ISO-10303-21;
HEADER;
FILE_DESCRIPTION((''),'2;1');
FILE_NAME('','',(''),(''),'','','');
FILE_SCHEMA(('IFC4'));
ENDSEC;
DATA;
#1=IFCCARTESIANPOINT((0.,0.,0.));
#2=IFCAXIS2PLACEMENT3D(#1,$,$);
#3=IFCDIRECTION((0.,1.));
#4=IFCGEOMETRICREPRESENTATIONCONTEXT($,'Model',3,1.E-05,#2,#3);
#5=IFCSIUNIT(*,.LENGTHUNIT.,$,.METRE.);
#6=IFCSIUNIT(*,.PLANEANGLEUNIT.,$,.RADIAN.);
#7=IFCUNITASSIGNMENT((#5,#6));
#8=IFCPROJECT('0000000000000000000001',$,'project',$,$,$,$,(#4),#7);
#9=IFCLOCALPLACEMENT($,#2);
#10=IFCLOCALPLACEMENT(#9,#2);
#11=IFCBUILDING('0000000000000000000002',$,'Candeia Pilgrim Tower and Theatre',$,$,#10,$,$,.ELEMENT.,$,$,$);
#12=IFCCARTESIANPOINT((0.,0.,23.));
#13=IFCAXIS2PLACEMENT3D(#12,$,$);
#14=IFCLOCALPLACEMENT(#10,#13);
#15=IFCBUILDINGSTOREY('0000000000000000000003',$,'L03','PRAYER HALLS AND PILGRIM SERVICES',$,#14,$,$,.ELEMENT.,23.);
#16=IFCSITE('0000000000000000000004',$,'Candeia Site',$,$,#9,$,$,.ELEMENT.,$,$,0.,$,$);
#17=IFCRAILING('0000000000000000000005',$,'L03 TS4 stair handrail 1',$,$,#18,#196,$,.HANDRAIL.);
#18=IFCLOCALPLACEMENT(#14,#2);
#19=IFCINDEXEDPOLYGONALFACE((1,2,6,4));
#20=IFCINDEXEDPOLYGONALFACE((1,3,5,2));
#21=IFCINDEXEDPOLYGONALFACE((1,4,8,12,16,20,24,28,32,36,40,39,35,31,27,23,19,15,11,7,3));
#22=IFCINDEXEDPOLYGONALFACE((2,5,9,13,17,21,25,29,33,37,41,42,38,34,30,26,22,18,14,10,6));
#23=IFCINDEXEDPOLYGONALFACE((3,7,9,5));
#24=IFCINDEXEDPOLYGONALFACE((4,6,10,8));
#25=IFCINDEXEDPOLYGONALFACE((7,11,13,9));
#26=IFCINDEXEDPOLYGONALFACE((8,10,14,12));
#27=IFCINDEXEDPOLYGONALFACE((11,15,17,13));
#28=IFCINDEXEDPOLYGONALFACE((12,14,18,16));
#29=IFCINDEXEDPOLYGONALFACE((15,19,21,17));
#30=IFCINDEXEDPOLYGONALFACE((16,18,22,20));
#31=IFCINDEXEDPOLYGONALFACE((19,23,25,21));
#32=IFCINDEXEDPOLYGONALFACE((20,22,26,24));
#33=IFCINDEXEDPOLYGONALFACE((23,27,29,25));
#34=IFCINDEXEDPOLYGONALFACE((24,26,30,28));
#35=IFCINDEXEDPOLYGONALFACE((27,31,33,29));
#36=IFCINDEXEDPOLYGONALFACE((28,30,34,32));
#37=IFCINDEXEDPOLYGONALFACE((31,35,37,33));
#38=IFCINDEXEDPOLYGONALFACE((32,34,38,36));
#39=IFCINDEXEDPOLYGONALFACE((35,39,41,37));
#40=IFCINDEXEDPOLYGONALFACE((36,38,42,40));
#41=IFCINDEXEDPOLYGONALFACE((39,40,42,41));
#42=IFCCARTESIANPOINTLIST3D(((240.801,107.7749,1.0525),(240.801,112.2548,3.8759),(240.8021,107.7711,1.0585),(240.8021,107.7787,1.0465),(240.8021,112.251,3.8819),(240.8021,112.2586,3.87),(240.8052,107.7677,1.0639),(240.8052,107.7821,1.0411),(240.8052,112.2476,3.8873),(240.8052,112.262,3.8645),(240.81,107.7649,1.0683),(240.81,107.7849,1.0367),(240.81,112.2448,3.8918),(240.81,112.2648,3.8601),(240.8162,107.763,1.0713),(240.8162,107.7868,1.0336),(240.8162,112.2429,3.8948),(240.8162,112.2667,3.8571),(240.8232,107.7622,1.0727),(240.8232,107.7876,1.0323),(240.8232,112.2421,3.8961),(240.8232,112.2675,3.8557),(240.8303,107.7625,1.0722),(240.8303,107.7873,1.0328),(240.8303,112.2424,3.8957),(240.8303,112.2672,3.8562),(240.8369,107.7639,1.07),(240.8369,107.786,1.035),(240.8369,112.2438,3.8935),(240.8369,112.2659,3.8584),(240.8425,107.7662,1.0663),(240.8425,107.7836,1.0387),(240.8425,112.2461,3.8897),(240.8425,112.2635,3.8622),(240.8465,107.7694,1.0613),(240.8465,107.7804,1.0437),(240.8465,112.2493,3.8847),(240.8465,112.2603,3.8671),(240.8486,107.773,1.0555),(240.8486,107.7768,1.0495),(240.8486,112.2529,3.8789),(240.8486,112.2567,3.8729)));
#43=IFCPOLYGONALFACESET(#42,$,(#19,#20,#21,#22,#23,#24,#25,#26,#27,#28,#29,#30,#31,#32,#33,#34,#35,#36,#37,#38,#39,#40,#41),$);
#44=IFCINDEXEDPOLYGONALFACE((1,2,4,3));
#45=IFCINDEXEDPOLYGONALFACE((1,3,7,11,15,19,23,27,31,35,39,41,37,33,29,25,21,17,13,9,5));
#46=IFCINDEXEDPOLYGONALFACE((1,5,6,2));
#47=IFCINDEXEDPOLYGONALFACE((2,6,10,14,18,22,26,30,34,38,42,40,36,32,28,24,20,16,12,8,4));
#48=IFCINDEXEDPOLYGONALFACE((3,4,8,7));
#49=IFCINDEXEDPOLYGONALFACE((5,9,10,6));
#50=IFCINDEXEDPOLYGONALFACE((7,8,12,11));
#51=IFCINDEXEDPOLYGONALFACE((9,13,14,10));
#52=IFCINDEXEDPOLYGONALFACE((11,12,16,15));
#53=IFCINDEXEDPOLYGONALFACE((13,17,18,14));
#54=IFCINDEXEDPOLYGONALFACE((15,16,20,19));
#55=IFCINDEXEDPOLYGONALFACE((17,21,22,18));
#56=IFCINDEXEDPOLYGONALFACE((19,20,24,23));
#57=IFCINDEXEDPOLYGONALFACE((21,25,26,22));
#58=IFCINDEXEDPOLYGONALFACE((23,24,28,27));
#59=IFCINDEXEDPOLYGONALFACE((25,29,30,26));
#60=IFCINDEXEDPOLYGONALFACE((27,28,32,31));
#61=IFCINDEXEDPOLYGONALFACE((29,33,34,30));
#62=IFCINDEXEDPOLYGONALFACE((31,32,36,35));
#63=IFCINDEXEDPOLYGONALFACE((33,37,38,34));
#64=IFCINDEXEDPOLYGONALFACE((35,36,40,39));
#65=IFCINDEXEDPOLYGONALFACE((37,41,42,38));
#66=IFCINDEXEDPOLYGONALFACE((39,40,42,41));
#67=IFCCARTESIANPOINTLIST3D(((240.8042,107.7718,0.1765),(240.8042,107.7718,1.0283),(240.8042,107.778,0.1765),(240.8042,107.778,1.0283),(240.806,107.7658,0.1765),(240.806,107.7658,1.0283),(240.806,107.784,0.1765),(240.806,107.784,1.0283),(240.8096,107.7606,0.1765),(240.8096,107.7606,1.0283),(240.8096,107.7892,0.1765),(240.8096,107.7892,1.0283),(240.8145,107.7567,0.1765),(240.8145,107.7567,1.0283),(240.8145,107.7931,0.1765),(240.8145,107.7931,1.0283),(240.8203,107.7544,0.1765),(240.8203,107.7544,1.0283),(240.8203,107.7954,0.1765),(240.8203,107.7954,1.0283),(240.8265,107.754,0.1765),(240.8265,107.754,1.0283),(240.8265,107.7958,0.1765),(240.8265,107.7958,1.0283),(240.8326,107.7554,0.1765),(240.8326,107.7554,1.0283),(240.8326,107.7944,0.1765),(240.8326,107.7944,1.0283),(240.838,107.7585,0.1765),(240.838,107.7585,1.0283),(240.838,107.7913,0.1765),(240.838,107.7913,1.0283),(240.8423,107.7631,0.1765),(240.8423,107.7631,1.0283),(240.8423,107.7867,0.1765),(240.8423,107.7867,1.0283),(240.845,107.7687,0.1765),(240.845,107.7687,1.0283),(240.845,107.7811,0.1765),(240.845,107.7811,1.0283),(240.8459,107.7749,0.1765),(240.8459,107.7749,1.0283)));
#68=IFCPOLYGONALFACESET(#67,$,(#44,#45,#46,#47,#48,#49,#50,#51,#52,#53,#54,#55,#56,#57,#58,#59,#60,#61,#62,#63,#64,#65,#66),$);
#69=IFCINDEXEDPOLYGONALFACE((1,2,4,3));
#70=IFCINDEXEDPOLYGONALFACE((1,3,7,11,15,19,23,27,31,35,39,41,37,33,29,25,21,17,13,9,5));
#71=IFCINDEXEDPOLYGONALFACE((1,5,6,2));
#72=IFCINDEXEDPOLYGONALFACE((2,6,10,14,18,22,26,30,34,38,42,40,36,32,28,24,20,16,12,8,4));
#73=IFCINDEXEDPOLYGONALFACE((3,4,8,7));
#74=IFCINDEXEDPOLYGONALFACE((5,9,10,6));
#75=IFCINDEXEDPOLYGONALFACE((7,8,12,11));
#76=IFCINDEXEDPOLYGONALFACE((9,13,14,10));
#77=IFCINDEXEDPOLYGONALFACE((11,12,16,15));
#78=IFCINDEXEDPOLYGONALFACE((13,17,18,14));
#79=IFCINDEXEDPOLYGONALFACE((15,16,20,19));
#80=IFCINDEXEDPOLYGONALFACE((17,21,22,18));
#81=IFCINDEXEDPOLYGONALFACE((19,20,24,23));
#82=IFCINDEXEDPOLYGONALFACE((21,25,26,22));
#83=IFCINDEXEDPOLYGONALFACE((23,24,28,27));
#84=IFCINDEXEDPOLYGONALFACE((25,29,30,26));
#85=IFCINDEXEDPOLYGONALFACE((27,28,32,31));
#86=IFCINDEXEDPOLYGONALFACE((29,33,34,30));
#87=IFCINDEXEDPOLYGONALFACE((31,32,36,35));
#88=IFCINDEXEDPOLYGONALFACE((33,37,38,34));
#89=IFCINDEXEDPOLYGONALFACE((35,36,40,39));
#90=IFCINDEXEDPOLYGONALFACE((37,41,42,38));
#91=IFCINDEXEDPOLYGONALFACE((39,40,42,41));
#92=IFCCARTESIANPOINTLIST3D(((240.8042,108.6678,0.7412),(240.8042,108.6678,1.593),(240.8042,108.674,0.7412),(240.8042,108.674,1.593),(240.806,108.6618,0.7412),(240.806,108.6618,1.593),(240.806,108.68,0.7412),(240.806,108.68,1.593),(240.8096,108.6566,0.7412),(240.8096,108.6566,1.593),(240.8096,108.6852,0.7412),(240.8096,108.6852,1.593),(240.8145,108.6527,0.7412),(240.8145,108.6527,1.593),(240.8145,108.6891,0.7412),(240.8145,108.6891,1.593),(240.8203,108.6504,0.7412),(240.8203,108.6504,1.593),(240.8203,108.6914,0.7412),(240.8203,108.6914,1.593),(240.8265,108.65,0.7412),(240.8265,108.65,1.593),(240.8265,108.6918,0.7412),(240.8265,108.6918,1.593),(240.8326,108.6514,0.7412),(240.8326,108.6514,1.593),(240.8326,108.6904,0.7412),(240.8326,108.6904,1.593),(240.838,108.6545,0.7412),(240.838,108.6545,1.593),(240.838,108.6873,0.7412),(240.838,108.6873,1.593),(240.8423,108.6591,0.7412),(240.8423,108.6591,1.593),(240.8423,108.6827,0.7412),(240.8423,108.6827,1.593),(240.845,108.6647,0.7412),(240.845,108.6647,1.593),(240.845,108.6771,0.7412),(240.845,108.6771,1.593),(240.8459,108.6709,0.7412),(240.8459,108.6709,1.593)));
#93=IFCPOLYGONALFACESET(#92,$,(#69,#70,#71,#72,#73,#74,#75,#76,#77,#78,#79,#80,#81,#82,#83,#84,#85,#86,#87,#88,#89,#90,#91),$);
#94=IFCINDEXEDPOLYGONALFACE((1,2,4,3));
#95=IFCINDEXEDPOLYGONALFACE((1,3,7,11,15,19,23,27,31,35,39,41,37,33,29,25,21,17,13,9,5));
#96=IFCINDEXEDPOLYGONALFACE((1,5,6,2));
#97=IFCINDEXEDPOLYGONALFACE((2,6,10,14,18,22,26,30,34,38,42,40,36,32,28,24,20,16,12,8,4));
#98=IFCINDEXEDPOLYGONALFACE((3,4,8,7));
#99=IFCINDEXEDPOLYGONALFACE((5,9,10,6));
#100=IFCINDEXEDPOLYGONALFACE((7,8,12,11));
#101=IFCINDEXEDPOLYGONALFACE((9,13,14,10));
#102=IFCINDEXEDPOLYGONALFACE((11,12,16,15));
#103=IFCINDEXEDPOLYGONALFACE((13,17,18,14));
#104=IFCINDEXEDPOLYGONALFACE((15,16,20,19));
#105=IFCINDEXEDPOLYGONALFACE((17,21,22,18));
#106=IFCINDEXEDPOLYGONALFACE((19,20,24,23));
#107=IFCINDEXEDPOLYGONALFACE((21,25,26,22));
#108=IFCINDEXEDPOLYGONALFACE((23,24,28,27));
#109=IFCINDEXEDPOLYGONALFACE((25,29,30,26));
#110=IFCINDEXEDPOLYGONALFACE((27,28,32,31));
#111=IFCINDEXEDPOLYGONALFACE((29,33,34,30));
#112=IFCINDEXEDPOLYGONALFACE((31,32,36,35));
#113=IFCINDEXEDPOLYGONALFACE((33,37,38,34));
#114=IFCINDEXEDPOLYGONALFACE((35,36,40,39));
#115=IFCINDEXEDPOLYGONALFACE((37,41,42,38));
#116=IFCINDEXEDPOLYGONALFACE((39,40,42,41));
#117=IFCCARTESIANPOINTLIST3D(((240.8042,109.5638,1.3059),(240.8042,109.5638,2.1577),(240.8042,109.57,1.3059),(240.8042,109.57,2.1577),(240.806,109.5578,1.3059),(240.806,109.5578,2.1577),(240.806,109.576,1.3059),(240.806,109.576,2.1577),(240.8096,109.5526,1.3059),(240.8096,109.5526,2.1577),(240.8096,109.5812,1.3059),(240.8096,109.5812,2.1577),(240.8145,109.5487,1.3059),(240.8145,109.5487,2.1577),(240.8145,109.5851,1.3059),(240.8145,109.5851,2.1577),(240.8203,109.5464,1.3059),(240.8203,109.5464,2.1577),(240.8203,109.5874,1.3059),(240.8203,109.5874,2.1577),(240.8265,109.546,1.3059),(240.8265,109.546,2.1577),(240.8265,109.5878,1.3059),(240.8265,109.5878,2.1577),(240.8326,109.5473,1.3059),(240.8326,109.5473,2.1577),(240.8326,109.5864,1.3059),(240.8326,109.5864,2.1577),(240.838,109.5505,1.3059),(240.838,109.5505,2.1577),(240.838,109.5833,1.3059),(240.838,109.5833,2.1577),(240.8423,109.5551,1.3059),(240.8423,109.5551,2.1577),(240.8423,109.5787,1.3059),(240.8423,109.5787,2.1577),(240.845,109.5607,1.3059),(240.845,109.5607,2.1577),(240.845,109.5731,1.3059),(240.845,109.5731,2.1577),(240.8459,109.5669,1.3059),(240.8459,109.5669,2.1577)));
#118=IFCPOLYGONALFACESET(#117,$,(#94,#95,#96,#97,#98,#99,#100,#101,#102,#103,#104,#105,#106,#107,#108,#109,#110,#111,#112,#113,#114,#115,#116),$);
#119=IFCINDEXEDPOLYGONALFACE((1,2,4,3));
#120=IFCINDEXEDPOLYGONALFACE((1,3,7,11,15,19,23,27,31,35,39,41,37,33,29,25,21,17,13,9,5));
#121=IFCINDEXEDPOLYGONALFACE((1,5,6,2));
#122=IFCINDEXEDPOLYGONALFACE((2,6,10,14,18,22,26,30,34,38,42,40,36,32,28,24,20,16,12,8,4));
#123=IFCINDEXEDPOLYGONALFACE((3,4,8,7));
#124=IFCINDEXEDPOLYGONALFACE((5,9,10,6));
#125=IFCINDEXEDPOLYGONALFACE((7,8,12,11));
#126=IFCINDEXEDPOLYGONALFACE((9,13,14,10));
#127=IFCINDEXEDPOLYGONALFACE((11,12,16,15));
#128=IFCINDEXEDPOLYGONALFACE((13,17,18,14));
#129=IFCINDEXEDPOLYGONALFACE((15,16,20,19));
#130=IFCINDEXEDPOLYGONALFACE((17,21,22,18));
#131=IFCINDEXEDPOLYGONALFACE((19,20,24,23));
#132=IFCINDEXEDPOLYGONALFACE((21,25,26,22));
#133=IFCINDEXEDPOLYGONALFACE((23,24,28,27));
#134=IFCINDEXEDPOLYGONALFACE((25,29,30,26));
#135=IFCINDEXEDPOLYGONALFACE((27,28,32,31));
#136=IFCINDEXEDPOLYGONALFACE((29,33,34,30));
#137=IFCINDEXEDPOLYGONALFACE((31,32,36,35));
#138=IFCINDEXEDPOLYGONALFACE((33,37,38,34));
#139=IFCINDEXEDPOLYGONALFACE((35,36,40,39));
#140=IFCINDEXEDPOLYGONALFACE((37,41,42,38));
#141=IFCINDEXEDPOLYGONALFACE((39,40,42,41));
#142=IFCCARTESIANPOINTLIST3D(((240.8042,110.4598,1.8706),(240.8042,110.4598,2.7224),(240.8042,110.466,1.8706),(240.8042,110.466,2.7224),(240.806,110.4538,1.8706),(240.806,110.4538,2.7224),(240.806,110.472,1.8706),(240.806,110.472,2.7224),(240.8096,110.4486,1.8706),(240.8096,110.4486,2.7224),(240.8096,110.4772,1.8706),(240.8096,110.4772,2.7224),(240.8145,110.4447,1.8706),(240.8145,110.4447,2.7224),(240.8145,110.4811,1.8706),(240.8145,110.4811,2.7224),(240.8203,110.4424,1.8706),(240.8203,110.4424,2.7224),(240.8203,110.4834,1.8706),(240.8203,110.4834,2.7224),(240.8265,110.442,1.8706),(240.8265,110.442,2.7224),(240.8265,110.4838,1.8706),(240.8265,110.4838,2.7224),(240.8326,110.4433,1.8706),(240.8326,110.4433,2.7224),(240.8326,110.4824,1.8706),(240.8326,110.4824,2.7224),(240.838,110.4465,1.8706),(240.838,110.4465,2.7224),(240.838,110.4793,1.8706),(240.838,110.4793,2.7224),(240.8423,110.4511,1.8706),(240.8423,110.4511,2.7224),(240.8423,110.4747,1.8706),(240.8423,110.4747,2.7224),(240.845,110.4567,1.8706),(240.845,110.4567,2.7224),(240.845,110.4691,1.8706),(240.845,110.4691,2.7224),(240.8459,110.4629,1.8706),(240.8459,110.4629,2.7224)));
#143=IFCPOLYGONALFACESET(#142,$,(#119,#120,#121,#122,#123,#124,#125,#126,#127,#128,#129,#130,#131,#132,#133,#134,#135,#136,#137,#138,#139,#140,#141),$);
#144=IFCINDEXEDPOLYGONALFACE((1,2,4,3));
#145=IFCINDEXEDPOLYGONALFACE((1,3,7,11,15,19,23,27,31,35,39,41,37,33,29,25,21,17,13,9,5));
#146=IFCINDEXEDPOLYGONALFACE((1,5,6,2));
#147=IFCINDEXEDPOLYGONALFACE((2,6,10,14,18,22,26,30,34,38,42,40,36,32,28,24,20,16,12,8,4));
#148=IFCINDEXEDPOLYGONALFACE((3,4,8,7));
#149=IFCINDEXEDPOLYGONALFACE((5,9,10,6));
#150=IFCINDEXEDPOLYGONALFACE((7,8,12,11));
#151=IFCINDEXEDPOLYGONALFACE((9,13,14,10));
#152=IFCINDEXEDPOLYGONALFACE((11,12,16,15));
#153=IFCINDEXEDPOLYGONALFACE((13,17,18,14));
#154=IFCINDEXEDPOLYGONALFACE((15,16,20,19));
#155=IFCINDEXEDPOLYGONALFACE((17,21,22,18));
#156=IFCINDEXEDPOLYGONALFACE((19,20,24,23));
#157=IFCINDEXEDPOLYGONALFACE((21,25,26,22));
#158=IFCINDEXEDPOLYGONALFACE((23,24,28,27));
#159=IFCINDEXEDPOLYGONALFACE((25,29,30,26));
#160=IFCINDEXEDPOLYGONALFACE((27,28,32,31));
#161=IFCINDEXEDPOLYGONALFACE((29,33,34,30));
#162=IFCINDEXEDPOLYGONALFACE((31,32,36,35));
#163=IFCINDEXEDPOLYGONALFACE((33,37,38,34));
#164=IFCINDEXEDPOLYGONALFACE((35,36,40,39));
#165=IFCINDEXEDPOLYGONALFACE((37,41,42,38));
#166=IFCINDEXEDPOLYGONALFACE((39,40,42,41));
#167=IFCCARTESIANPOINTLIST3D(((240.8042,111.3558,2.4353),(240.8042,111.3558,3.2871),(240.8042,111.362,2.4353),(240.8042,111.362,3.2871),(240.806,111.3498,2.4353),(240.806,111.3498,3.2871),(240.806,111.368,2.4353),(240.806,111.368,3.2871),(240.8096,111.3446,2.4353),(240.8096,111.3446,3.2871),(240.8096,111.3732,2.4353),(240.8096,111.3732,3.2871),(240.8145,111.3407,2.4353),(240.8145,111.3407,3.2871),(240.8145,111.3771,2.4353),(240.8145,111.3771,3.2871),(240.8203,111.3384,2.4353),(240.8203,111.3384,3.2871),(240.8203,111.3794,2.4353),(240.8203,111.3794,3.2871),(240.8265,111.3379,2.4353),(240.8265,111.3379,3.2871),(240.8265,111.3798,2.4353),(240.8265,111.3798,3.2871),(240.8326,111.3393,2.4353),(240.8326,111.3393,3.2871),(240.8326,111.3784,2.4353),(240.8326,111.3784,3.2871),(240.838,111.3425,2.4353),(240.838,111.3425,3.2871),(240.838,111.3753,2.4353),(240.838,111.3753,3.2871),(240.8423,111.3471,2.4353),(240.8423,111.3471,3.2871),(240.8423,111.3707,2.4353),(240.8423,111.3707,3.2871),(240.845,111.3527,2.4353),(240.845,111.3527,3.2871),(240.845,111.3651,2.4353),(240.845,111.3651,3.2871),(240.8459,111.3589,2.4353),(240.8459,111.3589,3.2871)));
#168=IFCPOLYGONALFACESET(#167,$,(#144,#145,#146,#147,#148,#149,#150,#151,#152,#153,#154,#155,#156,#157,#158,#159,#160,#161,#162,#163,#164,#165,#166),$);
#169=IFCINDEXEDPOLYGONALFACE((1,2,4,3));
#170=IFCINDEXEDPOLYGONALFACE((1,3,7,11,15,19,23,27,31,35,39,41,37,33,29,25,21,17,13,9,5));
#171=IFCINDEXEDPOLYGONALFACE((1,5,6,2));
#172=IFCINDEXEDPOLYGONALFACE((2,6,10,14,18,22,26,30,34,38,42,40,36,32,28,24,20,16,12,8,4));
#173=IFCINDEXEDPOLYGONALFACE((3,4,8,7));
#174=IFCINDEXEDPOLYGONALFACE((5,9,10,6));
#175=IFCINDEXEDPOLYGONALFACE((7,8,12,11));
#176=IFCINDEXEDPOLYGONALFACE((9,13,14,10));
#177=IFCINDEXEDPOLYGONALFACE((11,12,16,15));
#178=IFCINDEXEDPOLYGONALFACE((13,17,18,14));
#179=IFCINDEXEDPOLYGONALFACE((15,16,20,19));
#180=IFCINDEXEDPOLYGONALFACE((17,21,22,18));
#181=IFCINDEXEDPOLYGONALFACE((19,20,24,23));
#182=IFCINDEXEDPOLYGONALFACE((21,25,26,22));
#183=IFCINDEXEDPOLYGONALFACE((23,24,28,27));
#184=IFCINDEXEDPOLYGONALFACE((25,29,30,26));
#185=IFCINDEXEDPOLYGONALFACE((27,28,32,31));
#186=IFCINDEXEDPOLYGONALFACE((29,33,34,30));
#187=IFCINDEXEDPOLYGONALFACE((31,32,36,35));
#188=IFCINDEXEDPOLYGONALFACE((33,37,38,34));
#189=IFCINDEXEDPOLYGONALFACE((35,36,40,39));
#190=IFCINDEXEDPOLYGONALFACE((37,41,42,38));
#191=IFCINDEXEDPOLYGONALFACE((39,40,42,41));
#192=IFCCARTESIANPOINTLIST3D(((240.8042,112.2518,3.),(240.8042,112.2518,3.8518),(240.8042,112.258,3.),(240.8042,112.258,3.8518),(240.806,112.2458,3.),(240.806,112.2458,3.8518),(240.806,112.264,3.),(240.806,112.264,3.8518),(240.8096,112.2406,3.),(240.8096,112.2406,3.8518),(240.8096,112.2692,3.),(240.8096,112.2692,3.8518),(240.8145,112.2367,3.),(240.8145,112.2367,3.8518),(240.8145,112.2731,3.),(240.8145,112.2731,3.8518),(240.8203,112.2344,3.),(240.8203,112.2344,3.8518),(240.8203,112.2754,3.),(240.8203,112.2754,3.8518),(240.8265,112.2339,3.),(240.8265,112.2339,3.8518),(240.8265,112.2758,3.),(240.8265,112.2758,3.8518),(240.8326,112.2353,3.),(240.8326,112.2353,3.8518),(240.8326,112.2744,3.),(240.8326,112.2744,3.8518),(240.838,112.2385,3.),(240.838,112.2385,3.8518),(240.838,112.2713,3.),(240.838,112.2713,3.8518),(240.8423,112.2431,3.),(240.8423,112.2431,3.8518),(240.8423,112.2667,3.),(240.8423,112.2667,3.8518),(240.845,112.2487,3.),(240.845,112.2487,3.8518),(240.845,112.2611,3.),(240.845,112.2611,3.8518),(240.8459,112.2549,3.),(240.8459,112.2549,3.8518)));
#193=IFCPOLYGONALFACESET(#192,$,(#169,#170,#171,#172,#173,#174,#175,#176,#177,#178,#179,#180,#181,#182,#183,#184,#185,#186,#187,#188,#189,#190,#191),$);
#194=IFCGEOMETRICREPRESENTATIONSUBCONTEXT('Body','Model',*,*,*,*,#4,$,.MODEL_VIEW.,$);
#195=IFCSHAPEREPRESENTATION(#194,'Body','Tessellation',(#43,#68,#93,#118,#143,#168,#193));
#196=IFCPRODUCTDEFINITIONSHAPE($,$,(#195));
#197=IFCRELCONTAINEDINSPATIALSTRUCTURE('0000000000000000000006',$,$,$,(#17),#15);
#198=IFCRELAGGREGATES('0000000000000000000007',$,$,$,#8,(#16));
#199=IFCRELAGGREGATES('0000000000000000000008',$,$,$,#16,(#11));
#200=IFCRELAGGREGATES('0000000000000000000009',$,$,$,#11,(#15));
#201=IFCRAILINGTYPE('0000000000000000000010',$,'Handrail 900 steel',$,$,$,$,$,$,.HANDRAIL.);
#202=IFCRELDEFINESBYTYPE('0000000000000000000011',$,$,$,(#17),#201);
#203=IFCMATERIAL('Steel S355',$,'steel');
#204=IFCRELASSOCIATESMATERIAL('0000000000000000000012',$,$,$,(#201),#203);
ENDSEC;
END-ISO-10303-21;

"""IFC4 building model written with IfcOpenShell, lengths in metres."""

from ifc_helpers import new_model, si_unit, direction, frame, origin, origin_2d, place, context, subcontext, project, spatial, circle, extrude, material, type_object, element, save


model = new_model("IFC4")

# Units and contexts
model_context = context("Model", 3, precision=1e-05, world=origin(), true_north=direction((0.0, 1.0)))
body_context = subcontext(model_context, "Body", "Model", "MODEL_VIEW")
ifc_project = project(units=[si_unit("LENGTHUNIT", "METRE"), si_unit("PLANEANGLEUNIT", "RADIAN")], contexts=[model_context])

# Site, building, storey
site_placement = place(None, origin())
site = spatial("IfcSite", under=ifc_project, at=site_placement, Name="Candeia Site", CompositionType="ELEMENT", RefElevation=0.0)
building_placement = place(site_placement, origin())
building = spatial("IfcBuilding", under=site, at=building_placement, Name="Candeia Pilgrim Tower and Theatre", CompositionType="ELEMENT")
storey_placement = place(building_placement, frame((0.0, 0.0, 23.0)))
storey = spatial("IfcBuildingStorey", under=building, at=storey_placement, Name="L03", Description="PRAYER HALLS AND PILGRIM SERVICES", CompositionType="ELEMENT", Elevation=23.0)

# Railing
ifc_material_1 = material(Name="Steel S355", Category="steel")
railing_type_1 = type_object("IfcRailingType", Name="Handrail 900 steel", PredefinedType="HANDRAIL", material=ifc_material_1)
railing_1_placement = place(storey_placement, frame((240.825, 107.7749, 0.1765)))
element("IfcRailing", 1, at=railing_1_placement, inside=storey, type_object=railing_type_1, Name="L03 TS4 stair handrail 1", PredefinedType="HANDRAIL", context=body_context, shape_type="SweptSolid", body=[
    extrude(circle(Radius=0.0239, at=origin_2d()), frame((0.0, 0.0, 0.876), z_axis=(0.0, 0.845998, 0.533186), x_axis=(-1.0, 0.0, 0.0)), (0.0, 0.0, 1.0), 5.2954),
    extrude(circle(Radius=0.021, at=origin_2d()), origin(), (0.0, 0.0, 1.0), 0.8518),
    extrude(circle(Radius=0.021, at=origin_2d()), frame((0.0, 0.896, 0.5647)), (0.0, 0.0, 1.0), 0.8518),
    extrude(circle(Radius=0.021, at=origin_2d()), frame((0.0, 1.792, 1.1294)), (0.0, 0.0, 1.0), 0.8518),
    extrude(circle(Radius=0.021, at=origin_2d()), frame((0.0, 2.688, 1.6941)), (0.0, 0.0, 1.0), 0.8518),
    extrude(circle(Radius=0.021, at=origin_2d()), frame((0.0, 3.584, 2.2588)), (0.0, 0.0, 1.0), 0.8518),
    extrude(circle(Radius=0.021, at=origin_2d()), frame((0.0, 4.48, 2.8235)), (0.0, 0.0, 1.0), 0.8518),
])

save(model, "model.ifc")
